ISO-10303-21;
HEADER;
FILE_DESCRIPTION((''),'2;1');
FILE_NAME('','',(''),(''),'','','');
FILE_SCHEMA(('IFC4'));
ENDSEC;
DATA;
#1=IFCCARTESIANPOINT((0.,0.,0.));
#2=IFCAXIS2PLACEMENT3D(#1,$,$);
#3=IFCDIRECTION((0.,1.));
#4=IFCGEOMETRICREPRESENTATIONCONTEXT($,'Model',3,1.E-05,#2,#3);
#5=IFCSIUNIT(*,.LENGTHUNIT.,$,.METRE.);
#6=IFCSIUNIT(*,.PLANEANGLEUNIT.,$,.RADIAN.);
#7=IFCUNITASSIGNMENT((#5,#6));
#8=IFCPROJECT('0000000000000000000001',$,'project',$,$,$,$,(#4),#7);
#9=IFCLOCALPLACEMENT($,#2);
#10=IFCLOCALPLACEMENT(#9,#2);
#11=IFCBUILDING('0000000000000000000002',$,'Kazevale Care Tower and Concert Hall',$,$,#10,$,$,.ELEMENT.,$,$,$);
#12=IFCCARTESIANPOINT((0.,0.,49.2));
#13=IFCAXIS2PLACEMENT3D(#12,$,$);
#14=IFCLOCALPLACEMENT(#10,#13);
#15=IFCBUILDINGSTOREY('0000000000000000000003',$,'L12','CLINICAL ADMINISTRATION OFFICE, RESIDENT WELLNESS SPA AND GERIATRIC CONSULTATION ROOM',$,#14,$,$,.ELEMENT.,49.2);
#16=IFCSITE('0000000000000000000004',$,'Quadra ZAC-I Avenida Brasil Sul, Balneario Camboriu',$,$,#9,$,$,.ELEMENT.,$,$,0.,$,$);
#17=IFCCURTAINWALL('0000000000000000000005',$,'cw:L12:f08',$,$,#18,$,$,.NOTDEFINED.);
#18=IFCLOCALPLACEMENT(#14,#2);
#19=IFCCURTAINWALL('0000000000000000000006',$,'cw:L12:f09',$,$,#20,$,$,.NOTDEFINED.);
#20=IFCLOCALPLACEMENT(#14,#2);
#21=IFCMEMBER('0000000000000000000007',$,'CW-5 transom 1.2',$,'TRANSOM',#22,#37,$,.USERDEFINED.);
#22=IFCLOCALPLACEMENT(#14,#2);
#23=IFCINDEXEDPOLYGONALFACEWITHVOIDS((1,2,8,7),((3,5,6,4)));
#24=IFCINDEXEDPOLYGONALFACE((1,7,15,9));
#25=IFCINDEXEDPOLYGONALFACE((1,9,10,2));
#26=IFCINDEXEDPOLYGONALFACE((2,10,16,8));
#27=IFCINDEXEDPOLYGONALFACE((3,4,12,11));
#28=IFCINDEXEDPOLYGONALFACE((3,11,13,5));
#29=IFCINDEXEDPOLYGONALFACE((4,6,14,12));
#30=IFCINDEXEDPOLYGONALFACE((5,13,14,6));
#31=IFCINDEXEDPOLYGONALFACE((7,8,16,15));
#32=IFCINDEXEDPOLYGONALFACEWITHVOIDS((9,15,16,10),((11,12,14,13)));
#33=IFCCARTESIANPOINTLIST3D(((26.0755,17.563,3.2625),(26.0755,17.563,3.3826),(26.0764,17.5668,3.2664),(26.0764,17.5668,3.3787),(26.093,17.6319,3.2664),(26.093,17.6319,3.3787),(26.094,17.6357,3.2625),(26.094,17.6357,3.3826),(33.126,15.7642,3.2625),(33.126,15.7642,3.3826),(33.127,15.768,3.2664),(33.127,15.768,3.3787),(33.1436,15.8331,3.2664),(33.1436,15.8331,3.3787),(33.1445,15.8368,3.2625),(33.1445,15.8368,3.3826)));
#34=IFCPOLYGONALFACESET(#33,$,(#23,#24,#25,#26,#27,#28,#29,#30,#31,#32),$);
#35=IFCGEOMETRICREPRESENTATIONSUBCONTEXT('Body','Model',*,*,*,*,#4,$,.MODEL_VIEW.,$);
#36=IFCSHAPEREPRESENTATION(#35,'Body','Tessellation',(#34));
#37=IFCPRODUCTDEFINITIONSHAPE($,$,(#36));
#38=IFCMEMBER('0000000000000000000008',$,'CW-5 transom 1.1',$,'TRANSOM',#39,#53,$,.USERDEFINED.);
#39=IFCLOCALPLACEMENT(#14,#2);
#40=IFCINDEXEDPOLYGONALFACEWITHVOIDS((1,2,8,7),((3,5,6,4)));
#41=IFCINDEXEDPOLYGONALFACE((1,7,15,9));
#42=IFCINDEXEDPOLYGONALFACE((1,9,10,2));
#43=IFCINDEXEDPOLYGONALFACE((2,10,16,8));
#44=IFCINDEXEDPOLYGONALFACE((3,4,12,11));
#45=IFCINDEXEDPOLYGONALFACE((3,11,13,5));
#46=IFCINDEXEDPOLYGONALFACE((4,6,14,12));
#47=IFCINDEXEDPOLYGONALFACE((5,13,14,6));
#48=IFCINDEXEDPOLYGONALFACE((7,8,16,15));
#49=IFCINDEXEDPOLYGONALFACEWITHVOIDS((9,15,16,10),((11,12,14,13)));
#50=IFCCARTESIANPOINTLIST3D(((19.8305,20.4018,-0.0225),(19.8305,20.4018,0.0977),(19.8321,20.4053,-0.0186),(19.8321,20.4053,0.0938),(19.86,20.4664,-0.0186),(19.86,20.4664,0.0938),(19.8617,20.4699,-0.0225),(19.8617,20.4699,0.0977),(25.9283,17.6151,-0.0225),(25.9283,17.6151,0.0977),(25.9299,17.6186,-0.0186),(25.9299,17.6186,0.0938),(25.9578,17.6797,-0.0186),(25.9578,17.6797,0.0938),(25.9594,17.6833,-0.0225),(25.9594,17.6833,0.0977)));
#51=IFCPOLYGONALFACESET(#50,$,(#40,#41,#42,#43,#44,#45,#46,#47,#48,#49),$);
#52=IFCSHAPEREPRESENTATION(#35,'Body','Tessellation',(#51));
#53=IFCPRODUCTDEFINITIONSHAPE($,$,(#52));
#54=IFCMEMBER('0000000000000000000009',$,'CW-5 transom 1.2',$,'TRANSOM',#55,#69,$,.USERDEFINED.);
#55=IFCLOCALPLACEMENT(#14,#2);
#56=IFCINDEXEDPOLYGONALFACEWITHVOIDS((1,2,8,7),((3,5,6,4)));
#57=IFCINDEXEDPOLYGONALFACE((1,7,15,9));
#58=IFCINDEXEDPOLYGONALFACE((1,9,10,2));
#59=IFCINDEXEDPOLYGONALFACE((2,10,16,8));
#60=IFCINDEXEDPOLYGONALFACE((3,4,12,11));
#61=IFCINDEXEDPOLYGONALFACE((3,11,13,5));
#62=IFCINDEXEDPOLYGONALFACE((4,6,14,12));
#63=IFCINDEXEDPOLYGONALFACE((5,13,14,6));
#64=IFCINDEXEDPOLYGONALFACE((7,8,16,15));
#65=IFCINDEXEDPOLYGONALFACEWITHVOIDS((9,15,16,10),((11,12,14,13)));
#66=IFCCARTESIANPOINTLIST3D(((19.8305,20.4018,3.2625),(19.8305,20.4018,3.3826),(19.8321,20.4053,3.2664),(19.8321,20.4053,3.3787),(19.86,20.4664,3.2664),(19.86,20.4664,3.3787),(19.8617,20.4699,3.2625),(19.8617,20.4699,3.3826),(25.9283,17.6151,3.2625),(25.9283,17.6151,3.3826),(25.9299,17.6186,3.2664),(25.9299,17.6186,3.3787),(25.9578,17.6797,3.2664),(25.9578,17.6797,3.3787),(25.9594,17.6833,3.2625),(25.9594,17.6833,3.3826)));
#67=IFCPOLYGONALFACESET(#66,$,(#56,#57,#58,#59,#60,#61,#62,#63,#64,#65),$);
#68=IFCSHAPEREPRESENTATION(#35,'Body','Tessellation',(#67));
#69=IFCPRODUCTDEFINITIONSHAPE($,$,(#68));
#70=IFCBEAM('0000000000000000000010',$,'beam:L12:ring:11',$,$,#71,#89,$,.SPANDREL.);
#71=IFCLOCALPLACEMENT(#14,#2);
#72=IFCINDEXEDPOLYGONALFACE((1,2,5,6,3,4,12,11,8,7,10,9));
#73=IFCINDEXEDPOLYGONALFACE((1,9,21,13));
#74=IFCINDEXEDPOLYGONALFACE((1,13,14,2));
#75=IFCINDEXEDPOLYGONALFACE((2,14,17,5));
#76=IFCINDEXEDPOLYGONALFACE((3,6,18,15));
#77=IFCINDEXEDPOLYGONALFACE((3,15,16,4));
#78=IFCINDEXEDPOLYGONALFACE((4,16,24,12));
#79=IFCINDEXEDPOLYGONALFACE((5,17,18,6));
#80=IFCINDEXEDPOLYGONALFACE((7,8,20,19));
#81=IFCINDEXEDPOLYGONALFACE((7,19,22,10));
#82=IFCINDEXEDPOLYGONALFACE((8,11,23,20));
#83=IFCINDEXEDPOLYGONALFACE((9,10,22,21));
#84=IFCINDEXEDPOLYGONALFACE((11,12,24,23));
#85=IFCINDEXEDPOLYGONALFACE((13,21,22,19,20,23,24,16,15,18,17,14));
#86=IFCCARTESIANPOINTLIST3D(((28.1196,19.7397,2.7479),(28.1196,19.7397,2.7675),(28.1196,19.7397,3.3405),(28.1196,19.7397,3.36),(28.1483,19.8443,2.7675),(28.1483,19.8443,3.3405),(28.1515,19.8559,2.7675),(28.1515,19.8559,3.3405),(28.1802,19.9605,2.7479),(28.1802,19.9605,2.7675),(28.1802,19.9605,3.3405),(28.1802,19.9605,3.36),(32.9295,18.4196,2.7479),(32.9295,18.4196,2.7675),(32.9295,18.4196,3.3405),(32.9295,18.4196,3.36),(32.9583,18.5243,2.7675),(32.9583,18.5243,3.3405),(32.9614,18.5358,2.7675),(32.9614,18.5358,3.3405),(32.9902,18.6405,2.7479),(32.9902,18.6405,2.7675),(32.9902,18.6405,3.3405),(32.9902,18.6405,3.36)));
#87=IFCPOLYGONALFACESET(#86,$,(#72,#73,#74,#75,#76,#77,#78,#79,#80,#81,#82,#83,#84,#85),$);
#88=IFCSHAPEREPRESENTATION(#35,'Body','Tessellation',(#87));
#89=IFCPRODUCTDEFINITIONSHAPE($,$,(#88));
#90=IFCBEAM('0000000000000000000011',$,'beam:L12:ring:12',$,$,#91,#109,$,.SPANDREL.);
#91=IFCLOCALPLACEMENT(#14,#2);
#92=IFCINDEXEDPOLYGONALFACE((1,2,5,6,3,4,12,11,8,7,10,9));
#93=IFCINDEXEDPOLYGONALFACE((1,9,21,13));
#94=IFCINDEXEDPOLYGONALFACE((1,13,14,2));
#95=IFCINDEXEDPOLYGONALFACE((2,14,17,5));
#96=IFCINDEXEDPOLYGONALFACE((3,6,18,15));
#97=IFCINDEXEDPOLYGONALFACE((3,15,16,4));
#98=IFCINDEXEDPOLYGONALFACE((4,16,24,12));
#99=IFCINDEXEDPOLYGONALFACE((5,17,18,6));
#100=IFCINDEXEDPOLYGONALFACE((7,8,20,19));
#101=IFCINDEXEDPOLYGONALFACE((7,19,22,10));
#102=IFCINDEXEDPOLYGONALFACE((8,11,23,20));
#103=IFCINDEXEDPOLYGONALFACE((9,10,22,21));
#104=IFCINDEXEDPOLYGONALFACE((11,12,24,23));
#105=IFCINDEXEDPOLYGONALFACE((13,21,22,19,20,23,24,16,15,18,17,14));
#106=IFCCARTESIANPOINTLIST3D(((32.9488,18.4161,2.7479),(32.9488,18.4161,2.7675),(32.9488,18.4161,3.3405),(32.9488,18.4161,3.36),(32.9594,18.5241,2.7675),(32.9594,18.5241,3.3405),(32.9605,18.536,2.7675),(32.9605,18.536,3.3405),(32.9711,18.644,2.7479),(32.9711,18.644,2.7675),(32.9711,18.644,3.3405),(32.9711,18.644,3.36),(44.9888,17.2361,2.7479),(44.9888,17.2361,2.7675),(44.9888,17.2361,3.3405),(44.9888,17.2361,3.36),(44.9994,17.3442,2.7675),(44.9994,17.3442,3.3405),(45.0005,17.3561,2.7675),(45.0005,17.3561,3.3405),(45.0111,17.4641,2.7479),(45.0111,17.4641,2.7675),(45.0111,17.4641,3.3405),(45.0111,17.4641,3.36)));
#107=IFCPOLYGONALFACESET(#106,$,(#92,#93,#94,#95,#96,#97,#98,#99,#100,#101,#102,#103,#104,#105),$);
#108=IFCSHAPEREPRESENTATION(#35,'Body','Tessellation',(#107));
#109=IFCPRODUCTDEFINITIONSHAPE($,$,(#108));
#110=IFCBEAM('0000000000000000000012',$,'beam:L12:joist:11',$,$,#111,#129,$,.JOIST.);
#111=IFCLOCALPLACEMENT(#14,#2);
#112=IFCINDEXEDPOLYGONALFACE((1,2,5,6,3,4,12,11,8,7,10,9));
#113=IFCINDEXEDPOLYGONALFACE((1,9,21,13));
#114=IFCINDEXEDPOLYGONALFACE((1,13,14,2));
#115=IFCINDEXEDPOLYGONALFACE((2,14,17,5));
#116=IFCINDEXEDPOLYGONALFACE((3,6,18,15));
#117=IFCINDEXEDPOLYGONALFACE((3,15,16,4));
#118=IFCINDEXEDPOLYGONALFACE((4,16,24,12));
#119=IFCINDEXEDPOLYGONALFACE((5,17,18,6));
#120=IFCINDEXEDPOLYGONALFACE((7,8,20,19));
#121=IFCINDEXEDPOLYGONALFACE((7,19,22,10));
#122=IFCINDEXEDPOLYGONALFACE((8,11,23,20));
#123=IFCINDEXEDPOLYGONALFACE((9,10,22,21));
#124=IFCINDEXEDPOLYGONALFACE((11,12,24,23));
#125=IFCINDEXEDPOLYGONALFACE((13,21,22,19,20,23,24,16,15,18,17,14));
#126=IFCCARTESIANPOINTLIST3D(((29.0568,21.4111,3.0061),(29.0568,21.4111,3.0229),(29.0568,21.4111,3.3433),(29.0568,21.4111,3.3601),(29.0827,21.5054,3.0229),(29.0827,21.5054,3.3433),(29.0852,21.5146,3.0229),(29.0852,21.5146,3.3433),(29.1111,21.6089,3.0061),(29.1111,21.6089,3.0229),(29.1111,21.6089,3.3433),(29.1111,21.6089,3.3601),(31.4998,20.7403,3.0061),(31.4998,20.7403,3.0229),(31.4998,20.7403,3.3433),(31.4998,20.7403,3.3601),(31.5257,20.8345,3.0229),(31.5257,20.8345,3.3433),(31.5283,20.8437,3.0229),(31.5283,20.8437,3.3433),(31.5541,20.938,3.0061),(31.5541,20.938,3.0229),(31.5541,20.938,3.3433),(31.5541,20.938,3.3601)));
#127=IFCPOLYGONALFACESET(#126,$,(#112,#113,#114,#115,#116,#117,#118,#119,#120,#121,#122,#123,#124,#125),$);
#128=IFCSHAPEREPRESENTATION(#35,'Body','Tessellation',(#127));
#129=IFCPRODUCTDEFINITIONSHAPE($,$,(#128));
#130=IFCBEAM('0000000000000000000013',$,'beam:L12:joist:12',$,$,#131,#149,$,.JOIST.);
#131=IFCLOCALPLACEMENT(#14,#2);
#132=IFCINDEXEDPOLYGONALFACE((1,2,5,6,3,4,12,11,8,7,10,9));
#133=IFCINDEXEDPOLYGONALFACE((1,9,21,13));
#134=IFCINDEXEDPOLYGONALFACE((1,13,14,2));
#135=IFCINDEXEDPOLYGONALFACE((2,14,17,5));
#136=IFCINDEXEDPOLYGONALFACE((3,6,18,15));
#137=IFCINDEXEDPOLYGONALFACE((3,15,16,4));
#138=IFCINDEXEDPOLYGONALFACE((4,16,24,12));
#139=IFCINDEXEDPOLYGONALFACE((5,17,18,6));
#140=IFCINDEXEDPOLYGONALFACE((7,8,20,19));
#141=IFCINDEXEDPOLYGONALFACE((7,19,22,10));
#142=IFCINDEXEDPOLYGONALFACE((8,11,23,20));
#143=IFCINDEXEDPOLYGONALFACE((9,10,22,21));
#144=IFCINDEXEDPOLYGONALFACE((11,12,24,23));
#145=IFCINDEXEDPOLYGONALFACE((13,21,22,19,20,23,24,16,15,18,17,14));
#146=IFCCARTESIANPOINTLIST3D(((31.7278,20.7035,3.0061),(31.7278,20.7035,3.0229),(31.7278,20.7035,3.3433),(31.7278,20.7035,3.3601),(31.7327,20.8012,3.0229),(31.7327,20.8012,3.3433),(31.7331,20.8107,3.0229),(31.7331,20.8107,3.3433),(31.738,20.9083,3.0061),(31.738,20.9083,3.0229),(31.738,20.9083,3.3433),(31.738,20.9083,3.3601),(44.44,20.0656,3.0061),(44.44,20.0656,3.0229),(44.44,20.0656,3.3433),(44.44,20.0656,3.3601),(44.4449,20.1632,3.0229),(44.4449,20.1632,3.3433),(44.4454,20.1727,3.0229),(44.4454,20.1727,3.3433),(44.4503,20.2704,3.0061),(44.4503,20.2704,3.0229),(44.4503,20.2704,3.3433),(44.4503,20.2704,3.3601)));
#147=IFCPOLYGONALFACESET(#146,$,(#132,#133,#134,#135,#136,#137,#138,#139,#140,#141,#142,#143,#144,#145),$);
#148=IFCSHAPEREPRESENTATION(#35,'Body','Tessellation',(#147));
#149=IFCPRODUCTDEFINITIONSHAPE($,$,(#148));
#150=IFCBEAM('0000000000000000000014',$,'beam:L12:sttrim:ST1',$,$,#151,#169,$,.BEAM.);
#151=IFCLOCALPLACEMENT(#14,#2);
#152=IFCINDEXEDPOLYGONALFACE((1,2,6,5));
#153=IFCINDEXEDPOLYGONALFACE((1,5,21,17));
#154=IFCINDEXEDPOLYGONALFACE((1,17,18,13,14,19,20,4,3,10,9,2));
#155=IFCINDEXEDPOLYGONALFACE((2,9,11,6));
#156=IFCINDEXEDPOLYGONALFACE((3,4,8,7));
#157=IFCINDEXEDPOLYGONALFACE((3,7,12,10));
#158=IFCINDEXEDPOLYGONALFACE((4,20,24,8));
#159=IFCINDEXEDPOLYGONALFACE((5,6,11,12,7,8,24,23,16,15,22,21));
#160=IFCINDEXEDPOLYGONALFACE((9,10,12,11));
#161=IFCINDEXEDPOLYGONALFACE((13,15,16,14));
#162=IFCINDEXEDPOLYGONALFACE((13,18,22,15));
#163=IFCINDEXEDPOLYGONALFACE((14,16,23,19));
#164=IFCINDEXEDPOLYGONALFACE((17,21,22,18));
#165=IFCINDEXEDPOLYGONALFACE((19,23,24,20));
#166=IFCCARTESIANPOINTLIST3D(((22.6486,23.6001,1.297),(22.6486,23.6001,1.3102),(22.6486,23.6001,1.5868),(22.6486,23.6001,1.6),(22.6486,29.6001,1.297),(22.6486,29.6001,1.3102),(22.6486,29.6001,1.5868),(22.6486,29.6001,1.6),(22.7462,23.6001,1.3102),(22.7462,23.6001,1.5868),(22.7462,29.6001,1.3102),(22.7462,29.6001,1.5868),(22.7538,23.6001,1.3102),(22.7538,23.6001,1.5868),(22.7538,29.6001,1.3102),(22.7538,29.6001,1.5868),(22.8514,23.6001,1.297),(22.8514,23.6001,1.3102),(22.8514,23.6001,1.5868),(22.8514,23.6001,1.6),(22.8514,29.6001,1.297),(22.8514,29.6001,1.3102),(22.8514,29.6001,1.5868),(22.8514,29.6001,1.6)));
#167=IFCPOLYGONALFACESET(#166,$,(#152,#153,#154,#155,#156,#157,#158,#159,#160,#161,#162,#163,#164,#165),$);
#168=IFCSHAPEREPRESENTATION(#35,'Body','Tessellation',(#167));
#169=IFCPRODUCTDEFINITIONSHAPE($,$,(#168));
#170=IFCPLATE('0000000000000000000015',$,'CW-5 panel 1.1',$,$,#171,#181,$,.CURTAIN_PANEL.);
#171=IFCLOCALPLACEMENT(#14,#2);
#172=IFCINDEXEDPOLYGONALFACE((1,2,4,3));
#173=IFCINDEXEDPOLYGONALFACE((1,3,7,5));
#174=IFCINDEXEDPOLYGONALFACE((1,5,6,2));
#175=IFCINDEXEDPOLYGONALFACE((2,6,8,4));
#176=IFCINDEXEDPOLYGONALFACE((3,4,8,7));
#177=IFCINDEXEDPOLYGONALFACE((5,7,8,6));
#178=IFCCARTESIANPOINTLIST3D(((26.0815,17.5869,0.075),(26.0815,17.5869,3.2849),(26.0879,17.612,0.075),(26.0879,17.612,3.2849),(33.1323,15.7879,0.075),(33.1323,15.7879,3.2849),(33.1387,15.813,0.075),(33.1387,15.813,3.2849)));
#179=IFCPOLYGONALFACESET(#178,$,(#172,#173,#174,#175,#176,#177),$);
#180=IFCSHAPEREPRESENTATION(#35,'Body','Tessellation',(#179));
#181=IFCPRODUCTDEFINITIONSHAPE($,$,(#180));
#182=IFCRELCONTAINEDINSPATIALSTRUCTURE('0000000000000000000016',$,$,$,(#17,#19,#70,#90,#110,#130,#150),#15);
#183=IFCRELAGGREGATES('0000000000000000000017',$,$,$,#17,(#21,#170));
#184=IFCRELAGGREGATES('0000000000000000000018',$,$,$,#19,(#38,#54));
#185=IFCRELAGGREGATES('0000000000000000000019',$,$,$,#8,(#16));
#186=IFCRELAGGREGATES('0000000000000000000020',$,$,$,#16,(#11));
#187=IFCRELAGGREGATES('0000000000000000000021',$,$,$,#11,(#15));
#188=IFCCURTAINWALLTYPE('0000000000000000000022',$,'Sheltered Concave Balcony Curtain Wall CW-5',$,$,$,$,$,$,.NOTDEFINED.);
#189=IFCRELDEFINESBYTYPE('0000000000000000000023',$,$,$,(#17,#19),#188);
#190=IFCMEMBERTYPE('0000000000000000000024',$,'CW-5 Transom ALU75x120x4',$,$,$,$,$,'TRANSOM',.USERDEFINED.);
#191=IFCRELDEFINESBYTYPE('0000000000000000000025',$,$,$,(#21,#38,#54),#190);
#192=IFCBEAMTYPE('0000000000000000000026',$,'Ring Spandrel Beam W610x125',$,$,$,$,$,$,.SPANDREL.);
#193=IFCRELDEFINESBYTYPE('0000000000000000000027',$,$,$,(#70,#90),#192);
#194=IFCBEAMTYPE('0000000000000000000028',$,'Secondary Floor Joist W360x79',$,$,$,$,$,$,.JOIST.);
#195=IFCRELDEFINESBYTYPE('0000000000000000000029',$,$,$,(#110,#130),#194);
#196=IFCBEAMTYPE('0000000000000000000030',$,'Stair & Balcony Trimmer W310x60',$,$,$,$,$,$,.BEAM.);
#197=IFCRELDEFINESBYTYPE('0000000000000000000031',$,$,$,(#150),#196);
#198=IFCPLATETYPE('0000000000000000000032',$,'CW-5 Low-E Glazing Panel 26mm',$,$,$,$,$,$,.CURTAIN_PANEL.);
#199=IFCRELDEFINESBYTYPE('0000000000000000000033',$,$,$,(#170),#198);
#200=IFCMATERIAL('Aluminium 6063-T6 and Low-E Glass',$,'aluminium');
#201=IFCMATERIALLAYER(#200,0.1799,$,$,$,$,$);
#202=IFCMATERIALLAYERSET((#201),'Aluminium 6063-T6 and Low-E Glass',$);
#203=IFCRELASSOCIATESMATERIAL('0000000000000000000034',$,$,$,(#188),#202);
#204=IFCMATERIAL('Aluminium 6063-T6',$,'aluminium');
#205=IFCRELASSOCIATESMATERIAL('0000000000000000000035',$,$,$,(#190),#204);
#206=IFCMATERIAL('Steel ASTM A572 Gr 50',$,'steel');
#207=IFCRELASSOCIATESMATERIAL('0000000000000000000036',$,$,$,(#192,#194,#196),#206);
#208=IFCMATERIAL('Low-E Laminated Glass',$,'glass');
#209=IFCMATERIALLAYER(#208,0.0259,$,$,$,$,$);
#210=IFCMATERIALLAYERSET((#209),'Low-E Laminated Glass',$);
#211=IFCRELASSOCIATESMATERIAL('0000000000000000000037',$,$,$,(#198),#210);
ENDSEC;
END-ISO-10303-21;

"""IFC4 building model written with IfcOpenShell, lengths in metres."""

from ifc_helpers import new_model, si_unit, direction, frame, origin, origin_2d, place, context, subcontext, project, spatial, rectangle, hollow_rectangle, i_section, extrude, material, layer, layer_set, material_profile, profile_set, type_object, element, aggregate, save


model = new_model("IFC4")

# Units and contexts
model_context = context("Model", 3, precision=1e-05, world=origin(), true_north=direction((0.0, 1.0)))
body_context = subcontext(model_context, "Body", "Model", "MODEL_VIEW")
ifc_project = project(units=[si_unit("LENGTHUNIT", "METRE"), si_unit("PLANEANGLEUNIT", "RADIAN")], contexts=[model_context])

# Site, building, storey
site_placement = place(None, origin())
site = spatial("IfcSite", under=ifc_project, at=site_placement, Name="Quadra ZAC-I Avenida Brasil Sul, Balneario Camboriu", CompositionType="ELEMENT", RefElevation=0.0)
building_placement = place(site_placement, origin())
building = spatial("IfcBuilding", under=site, at=building_placement, Name="Kazevale Care Tower and Concert Hall", CompositionType="ELEMENT")
storey_placement = place(building_placement, frame((0.0, 0.0, 49.2)))
storey = spatial("IfcBuildingStorey", under=building, at=storey_placement, Name="L12", Description="CLINICAL ADMINISTRATION OFFICE, RESIDENT WELLNESS SPA AND GERIATRIC CONSULTATION ROOM", CompositionType="ELEMENT", Elevation=49.2)

# Shared definitions
ifc_material_1 = material(Name="Aluminium 6063-T6 and Low-E Glass", Category="aluminium")
ifc_layer_1 = layer(ifc_material_1, 0.1799)
ifc_layer_set_1 = layer_set([ifc_layer_1], Name="Aluminium 6063-T6 and Low-E Glass")
curtain_wall_type = type_object("IfcCurtainWallType", Name="Sheltered Concave Balcony Curtain Wall CW-5", PredefinedType="NOTDEFINED", material=ifc_layer_set_1)
ifc_material_2 = material(Name="Aluminium 6063-T6", Category="aluminium")

# Curtain wall
curtain_wall_1_placement = place(storey_placement, origin())
curtain_wall_1 = element("IfcCurtainWall", 1, at=curtain_wall_1_placement, inside=storey, type_object=curtain_wall_type, Name="cw:L12:f08", PredefinedType="NOTDEFINED")

# Curtain wall
curtain_wall_2_placement = place(storey_placement, origin())
curtain_wall_2 = element("IfcCurtainWall", 2, at=curtain_wall_2_placement, inside=storey, type_object=curtain_wall_type, Name="cw:L12:f09", PredefinedType="NOTDEFINED")

# Members
ifc_material_profile_1 = material_profile(ifc_material_2, hollow_rectangle(XDim=0.075, YDim=0.1201, WallThickness=0.0039, at=origin_2d()), Name="ALU75x120x4")
ifc_profile_set_1 = profile_set([ifc_material_profile_1], Name="Aluminium 6063-T6")
member_type_1 = type_object("IfcMemberType", Name="CW-5 Transom ALU75x120x4", ElementType="TRANSOM", PredefinedType="USERDEFINED", material=ifc_profile_set_1)
member_1_placement = place(storey_placement, frame((33.1353, 15.8005, 3.3225), z_axis=(-0.968961, 0.247214, 0.0), x_axis=(-0.247214, -0.968961, 0.0)))
member_1 = element("IfcMember", 3, at=member_1_placement, type_object=member_type_1, Name="CW-5 transom 1.2", ObjectType="TRANSOM", PredefinedType="USERDEFINED", context=body_context, shape_type="SweptSolid", body=[
    extrude(hollow_rectangle(XDim=0.075, YDim=0.1201, WallThickness=0.0039, at=origin_2d()), origin(), (0.0, 0.0, 1.0), 7.2764),
])
member_2_placement = place(storey_placement, frame((25.9438, 17.6492, 0.0376), z_axis=(-0.909524, 0.415651, 0.0), x_axis=(-0.415651, -0.909524, 0.0)))
member_2 = element("IfcMember", 4, at=member_2_placement, type_object=member_type_1, Name="CW-5 transom 1.1", ObjectType="TRANSOM", PredefinedType="USERDEFINED", context=body_context, shape_type="SweptSolid", body=[
    extrude(hollow_rectangle(XDim=0.075, YDim=0.1201, WallThickness=0.0039, at=origin_2d()), origin(), (0.0, 0.0, 1.0), 6.7043),
])
member_3_placement = place(storey_placement, frame((25.9438, 17.6492, 3.3225), z_axis=(-0.909524, 0.415651, 0.0), x_axis=(-0.415651, -0.909524, 0.0)))
member_3 = element("IfcMember", 5, at=member_3_placement, type_object=member_type_1, Name="CW-5 transom 1.2", ObjectType="TRANSOM", PredefinedType="USERDEFINED", context=body_context, shape_type="SweptSolid", body=[
    extrude(hollow_rectangle(XDim=0.075, YDim=0.1201, WallThickness=0.0039, at=origin_2d()), origin(), (0.0, 0.0, 1.0), 6.7043),
])

# Beams
ifc_material_3 = material(Name="Steel ASTM A572 Gr 50", Category="steel")
ifc_material_profile_2 = material_profile(ifc_material_3, i_section(OverallWidth=0.229, OverallDepth=0.6121, WebThickness=0.012, FlangeThickness=0.0195, at=origin_2d()), Name="W610x125")
ifc_profile_set_2 = profile_set([ifc_material_profile_2], Name="Steel ASTM A572 Gr 50")
beam_type_1 = type_object("IfcBeamType", Name="Ring Spandrel Beam W610x125", PredefinedType="SPANDREL", material=ifc_profile_set_2)
beam_1_placement = place(storey_placement, frame((28.1499, 19.8501, 3.054), z_axis=(0.964344, -0.264654, 0.0), x_axis=(0.264654, 0.964344, 0.0)))
element("IfcBeam", 6, at=beam_1_placement, inside=storey, type_object=beam_type_1, Name="beam:L12:ring:11", PredefinedType="SPANDREL", context=body_context, shape_type="SweptSolid", body=[
    extrude(i_section(OverallWidth=0.229, OverallDepth=0.6121, WebThickness=0.012, FlangeThickness=0.0195, at=origin_2d()), origin(), (0.0, 0.0, 1.0), 4.9878),
])
beam_2_placement = place(storey_placement, frame((32.96, 18.53, 3.054), z_axis=(0.995232, -0.097533, 0.0), x_axis=(0.097533, 0.995232, 0.0)))
element("IfcBeam", 7, at=beam_2_placement, inside=storey, type_object=beam_type_1, Name="beam:L12:ring:12", PredefinedType="SPANDREL", context=body_context, shape_type="SweptSolid", body=[
    extrude(i_section(OverallWidth=0.229, OverallDepth=0.6121, WebThickness=0.012, FlangeThickness=0.0195, at=origin_2d()), origin(), (0.0, 0.0, 1.0), 12.0977),
])
ifc_material_profile_3 = material_profile(ifc_material_3, i_section(OverallWidth=0.2051, OverallDepth=0.354, WebThickness=0.0095, FlangeThickness=0.0168, at=origin_2d()), Name="W360x79")
ifc_profile_set_3 = profile_set([ifc_material_profile_3], Name="Steel ASTM A572 Gr 50")
beam_type_2 = type_object("IfcBeamType", Name="Secondary Floor Joist W360x79", PredefinedType="JOIST", material=ifc_profile_set_3)
beam_3_placement = place(storey_placement, frame((29.084, 21.51, 3.1831), z_axis=(0.964302, -0.264805, 0.0), x_axis=(0.264805, 0.964302, 0.0)))
element("IfcBeam", 8, at=beam_3_placement, inside=storey, type_object=beam_type_2, Name="beam:L12:joist:11", PredefinedType="JOIST", context=body_context, shape_type="SweptSolid", body=[
    extrude(i_section(OverallWidth=0.2051, OverallDepth=0.354, WebThickness=0.0095, FlangeThickness=0.0168, at=origin_2d()), origin(), (0.0, 0.0, 1.0), 2.5334),
])
beam_4_placement = place(storey_placement, frame((31.7329, 20.8059, 3.1831), z_axis=(0.998743, -0.05012, 0.0), x_axis=(0.05012, 0.998743, 0.0)))
element("IfcBeam", 9, at=beam_4_placement, inside=storey, type_object=beam_type_2, Name="beam:L12:joist:12", PredefinedType="JOIST", context=body_context, shape_type="SweptSolid", body=[
    extrude(i_section(OverallWidth=0.2051, OverallDepth=0.354, WebThickness=0.0095, FlangeThickness=0.0168, at=origin_2d()), origin(), (0.0, 0.0, 1.0), 12.7283),
])
ifc_material_profile_4 = material_profile(ifc_material_3, i_section(OverallWidth=0.2029, OverallDepth=0.303, WebThickness=0.0076, FlangeThickness=0.0132, at=origin_2d()), Name="W310x60")
ifc_profile_set_4 = profile_set([ifc_material_profile_4], Name="Steel ASTM A572 Gr 50")
beam_type_3 = type_object("IfcBeamType", Name="Stair & Balcony Trimmer W310x60", PredefinedType="BEAM", material=ifc_profile_set_4)
beam_5_placement = place(storey_placement, frame((22.75, 23.6001, 1.4485), z_axis=(0.0, 1.0, 0.0), x_axis=(-1.0, 0.0, 0.0)))
element("IfcBeam", 10, at=beam_5_placement, inside=storey, type_object=beam_type_3, Name="beam:L12:sttrim:ST1", PredefinedType="BEAM", context=body_context, shape_type="SweptSolid", body=[
    extrude(i_section(OverallWidth=0.2029, OverallDepth=0.303, WebThickness=0.0076, FlangeThickness=0.0132, at=origin_2d()), origin(), (0.0, 0.0, 1.0), 6.0),
])

# Plate
ifc_material_4 = material(Name="Low-E Laminated Glass", Category="glass")
ifc_layer_2 = layer(ifc_material_4, 0.0259)
ifc_layer_set_2 = layer_set([ifc_layer_2], Name="Low-E Laminated Glass")
plate_type = type_object("IfcPlateType", Name="CW-5 Low-E Glazing Panel 26mm", PredefinedType="CURTAIN_PANEL", material=ifc_layer_set_2)
plate_1_placement = place(storey_placement, frame((29.6101, 16.7, 0.075), z_axis=(0.0, 0.0, 1.0), x_axis=(-0.968959, 0.247222, 0.0)))
plate_1 = element("IfcPlate", 11, at=plate_1_placement, type_object=plate_type, Name="CW-5 panel 1.1", PredefinedType="CURTAIN_PANEL", context=body_context, shape_type="SweptSolid", body=[
    extrude(rectangle(XDim=7.2766, YDim=0.0259, at=origin_2d()), origin(), (0.0, 0.0, 1.0), 3.21),
])
aggregate(curtain_wall_1, [member_1, plate_1])
aggregate(curtain_wall_2, [member_2, member_3])

save(model, "model.ifc")
